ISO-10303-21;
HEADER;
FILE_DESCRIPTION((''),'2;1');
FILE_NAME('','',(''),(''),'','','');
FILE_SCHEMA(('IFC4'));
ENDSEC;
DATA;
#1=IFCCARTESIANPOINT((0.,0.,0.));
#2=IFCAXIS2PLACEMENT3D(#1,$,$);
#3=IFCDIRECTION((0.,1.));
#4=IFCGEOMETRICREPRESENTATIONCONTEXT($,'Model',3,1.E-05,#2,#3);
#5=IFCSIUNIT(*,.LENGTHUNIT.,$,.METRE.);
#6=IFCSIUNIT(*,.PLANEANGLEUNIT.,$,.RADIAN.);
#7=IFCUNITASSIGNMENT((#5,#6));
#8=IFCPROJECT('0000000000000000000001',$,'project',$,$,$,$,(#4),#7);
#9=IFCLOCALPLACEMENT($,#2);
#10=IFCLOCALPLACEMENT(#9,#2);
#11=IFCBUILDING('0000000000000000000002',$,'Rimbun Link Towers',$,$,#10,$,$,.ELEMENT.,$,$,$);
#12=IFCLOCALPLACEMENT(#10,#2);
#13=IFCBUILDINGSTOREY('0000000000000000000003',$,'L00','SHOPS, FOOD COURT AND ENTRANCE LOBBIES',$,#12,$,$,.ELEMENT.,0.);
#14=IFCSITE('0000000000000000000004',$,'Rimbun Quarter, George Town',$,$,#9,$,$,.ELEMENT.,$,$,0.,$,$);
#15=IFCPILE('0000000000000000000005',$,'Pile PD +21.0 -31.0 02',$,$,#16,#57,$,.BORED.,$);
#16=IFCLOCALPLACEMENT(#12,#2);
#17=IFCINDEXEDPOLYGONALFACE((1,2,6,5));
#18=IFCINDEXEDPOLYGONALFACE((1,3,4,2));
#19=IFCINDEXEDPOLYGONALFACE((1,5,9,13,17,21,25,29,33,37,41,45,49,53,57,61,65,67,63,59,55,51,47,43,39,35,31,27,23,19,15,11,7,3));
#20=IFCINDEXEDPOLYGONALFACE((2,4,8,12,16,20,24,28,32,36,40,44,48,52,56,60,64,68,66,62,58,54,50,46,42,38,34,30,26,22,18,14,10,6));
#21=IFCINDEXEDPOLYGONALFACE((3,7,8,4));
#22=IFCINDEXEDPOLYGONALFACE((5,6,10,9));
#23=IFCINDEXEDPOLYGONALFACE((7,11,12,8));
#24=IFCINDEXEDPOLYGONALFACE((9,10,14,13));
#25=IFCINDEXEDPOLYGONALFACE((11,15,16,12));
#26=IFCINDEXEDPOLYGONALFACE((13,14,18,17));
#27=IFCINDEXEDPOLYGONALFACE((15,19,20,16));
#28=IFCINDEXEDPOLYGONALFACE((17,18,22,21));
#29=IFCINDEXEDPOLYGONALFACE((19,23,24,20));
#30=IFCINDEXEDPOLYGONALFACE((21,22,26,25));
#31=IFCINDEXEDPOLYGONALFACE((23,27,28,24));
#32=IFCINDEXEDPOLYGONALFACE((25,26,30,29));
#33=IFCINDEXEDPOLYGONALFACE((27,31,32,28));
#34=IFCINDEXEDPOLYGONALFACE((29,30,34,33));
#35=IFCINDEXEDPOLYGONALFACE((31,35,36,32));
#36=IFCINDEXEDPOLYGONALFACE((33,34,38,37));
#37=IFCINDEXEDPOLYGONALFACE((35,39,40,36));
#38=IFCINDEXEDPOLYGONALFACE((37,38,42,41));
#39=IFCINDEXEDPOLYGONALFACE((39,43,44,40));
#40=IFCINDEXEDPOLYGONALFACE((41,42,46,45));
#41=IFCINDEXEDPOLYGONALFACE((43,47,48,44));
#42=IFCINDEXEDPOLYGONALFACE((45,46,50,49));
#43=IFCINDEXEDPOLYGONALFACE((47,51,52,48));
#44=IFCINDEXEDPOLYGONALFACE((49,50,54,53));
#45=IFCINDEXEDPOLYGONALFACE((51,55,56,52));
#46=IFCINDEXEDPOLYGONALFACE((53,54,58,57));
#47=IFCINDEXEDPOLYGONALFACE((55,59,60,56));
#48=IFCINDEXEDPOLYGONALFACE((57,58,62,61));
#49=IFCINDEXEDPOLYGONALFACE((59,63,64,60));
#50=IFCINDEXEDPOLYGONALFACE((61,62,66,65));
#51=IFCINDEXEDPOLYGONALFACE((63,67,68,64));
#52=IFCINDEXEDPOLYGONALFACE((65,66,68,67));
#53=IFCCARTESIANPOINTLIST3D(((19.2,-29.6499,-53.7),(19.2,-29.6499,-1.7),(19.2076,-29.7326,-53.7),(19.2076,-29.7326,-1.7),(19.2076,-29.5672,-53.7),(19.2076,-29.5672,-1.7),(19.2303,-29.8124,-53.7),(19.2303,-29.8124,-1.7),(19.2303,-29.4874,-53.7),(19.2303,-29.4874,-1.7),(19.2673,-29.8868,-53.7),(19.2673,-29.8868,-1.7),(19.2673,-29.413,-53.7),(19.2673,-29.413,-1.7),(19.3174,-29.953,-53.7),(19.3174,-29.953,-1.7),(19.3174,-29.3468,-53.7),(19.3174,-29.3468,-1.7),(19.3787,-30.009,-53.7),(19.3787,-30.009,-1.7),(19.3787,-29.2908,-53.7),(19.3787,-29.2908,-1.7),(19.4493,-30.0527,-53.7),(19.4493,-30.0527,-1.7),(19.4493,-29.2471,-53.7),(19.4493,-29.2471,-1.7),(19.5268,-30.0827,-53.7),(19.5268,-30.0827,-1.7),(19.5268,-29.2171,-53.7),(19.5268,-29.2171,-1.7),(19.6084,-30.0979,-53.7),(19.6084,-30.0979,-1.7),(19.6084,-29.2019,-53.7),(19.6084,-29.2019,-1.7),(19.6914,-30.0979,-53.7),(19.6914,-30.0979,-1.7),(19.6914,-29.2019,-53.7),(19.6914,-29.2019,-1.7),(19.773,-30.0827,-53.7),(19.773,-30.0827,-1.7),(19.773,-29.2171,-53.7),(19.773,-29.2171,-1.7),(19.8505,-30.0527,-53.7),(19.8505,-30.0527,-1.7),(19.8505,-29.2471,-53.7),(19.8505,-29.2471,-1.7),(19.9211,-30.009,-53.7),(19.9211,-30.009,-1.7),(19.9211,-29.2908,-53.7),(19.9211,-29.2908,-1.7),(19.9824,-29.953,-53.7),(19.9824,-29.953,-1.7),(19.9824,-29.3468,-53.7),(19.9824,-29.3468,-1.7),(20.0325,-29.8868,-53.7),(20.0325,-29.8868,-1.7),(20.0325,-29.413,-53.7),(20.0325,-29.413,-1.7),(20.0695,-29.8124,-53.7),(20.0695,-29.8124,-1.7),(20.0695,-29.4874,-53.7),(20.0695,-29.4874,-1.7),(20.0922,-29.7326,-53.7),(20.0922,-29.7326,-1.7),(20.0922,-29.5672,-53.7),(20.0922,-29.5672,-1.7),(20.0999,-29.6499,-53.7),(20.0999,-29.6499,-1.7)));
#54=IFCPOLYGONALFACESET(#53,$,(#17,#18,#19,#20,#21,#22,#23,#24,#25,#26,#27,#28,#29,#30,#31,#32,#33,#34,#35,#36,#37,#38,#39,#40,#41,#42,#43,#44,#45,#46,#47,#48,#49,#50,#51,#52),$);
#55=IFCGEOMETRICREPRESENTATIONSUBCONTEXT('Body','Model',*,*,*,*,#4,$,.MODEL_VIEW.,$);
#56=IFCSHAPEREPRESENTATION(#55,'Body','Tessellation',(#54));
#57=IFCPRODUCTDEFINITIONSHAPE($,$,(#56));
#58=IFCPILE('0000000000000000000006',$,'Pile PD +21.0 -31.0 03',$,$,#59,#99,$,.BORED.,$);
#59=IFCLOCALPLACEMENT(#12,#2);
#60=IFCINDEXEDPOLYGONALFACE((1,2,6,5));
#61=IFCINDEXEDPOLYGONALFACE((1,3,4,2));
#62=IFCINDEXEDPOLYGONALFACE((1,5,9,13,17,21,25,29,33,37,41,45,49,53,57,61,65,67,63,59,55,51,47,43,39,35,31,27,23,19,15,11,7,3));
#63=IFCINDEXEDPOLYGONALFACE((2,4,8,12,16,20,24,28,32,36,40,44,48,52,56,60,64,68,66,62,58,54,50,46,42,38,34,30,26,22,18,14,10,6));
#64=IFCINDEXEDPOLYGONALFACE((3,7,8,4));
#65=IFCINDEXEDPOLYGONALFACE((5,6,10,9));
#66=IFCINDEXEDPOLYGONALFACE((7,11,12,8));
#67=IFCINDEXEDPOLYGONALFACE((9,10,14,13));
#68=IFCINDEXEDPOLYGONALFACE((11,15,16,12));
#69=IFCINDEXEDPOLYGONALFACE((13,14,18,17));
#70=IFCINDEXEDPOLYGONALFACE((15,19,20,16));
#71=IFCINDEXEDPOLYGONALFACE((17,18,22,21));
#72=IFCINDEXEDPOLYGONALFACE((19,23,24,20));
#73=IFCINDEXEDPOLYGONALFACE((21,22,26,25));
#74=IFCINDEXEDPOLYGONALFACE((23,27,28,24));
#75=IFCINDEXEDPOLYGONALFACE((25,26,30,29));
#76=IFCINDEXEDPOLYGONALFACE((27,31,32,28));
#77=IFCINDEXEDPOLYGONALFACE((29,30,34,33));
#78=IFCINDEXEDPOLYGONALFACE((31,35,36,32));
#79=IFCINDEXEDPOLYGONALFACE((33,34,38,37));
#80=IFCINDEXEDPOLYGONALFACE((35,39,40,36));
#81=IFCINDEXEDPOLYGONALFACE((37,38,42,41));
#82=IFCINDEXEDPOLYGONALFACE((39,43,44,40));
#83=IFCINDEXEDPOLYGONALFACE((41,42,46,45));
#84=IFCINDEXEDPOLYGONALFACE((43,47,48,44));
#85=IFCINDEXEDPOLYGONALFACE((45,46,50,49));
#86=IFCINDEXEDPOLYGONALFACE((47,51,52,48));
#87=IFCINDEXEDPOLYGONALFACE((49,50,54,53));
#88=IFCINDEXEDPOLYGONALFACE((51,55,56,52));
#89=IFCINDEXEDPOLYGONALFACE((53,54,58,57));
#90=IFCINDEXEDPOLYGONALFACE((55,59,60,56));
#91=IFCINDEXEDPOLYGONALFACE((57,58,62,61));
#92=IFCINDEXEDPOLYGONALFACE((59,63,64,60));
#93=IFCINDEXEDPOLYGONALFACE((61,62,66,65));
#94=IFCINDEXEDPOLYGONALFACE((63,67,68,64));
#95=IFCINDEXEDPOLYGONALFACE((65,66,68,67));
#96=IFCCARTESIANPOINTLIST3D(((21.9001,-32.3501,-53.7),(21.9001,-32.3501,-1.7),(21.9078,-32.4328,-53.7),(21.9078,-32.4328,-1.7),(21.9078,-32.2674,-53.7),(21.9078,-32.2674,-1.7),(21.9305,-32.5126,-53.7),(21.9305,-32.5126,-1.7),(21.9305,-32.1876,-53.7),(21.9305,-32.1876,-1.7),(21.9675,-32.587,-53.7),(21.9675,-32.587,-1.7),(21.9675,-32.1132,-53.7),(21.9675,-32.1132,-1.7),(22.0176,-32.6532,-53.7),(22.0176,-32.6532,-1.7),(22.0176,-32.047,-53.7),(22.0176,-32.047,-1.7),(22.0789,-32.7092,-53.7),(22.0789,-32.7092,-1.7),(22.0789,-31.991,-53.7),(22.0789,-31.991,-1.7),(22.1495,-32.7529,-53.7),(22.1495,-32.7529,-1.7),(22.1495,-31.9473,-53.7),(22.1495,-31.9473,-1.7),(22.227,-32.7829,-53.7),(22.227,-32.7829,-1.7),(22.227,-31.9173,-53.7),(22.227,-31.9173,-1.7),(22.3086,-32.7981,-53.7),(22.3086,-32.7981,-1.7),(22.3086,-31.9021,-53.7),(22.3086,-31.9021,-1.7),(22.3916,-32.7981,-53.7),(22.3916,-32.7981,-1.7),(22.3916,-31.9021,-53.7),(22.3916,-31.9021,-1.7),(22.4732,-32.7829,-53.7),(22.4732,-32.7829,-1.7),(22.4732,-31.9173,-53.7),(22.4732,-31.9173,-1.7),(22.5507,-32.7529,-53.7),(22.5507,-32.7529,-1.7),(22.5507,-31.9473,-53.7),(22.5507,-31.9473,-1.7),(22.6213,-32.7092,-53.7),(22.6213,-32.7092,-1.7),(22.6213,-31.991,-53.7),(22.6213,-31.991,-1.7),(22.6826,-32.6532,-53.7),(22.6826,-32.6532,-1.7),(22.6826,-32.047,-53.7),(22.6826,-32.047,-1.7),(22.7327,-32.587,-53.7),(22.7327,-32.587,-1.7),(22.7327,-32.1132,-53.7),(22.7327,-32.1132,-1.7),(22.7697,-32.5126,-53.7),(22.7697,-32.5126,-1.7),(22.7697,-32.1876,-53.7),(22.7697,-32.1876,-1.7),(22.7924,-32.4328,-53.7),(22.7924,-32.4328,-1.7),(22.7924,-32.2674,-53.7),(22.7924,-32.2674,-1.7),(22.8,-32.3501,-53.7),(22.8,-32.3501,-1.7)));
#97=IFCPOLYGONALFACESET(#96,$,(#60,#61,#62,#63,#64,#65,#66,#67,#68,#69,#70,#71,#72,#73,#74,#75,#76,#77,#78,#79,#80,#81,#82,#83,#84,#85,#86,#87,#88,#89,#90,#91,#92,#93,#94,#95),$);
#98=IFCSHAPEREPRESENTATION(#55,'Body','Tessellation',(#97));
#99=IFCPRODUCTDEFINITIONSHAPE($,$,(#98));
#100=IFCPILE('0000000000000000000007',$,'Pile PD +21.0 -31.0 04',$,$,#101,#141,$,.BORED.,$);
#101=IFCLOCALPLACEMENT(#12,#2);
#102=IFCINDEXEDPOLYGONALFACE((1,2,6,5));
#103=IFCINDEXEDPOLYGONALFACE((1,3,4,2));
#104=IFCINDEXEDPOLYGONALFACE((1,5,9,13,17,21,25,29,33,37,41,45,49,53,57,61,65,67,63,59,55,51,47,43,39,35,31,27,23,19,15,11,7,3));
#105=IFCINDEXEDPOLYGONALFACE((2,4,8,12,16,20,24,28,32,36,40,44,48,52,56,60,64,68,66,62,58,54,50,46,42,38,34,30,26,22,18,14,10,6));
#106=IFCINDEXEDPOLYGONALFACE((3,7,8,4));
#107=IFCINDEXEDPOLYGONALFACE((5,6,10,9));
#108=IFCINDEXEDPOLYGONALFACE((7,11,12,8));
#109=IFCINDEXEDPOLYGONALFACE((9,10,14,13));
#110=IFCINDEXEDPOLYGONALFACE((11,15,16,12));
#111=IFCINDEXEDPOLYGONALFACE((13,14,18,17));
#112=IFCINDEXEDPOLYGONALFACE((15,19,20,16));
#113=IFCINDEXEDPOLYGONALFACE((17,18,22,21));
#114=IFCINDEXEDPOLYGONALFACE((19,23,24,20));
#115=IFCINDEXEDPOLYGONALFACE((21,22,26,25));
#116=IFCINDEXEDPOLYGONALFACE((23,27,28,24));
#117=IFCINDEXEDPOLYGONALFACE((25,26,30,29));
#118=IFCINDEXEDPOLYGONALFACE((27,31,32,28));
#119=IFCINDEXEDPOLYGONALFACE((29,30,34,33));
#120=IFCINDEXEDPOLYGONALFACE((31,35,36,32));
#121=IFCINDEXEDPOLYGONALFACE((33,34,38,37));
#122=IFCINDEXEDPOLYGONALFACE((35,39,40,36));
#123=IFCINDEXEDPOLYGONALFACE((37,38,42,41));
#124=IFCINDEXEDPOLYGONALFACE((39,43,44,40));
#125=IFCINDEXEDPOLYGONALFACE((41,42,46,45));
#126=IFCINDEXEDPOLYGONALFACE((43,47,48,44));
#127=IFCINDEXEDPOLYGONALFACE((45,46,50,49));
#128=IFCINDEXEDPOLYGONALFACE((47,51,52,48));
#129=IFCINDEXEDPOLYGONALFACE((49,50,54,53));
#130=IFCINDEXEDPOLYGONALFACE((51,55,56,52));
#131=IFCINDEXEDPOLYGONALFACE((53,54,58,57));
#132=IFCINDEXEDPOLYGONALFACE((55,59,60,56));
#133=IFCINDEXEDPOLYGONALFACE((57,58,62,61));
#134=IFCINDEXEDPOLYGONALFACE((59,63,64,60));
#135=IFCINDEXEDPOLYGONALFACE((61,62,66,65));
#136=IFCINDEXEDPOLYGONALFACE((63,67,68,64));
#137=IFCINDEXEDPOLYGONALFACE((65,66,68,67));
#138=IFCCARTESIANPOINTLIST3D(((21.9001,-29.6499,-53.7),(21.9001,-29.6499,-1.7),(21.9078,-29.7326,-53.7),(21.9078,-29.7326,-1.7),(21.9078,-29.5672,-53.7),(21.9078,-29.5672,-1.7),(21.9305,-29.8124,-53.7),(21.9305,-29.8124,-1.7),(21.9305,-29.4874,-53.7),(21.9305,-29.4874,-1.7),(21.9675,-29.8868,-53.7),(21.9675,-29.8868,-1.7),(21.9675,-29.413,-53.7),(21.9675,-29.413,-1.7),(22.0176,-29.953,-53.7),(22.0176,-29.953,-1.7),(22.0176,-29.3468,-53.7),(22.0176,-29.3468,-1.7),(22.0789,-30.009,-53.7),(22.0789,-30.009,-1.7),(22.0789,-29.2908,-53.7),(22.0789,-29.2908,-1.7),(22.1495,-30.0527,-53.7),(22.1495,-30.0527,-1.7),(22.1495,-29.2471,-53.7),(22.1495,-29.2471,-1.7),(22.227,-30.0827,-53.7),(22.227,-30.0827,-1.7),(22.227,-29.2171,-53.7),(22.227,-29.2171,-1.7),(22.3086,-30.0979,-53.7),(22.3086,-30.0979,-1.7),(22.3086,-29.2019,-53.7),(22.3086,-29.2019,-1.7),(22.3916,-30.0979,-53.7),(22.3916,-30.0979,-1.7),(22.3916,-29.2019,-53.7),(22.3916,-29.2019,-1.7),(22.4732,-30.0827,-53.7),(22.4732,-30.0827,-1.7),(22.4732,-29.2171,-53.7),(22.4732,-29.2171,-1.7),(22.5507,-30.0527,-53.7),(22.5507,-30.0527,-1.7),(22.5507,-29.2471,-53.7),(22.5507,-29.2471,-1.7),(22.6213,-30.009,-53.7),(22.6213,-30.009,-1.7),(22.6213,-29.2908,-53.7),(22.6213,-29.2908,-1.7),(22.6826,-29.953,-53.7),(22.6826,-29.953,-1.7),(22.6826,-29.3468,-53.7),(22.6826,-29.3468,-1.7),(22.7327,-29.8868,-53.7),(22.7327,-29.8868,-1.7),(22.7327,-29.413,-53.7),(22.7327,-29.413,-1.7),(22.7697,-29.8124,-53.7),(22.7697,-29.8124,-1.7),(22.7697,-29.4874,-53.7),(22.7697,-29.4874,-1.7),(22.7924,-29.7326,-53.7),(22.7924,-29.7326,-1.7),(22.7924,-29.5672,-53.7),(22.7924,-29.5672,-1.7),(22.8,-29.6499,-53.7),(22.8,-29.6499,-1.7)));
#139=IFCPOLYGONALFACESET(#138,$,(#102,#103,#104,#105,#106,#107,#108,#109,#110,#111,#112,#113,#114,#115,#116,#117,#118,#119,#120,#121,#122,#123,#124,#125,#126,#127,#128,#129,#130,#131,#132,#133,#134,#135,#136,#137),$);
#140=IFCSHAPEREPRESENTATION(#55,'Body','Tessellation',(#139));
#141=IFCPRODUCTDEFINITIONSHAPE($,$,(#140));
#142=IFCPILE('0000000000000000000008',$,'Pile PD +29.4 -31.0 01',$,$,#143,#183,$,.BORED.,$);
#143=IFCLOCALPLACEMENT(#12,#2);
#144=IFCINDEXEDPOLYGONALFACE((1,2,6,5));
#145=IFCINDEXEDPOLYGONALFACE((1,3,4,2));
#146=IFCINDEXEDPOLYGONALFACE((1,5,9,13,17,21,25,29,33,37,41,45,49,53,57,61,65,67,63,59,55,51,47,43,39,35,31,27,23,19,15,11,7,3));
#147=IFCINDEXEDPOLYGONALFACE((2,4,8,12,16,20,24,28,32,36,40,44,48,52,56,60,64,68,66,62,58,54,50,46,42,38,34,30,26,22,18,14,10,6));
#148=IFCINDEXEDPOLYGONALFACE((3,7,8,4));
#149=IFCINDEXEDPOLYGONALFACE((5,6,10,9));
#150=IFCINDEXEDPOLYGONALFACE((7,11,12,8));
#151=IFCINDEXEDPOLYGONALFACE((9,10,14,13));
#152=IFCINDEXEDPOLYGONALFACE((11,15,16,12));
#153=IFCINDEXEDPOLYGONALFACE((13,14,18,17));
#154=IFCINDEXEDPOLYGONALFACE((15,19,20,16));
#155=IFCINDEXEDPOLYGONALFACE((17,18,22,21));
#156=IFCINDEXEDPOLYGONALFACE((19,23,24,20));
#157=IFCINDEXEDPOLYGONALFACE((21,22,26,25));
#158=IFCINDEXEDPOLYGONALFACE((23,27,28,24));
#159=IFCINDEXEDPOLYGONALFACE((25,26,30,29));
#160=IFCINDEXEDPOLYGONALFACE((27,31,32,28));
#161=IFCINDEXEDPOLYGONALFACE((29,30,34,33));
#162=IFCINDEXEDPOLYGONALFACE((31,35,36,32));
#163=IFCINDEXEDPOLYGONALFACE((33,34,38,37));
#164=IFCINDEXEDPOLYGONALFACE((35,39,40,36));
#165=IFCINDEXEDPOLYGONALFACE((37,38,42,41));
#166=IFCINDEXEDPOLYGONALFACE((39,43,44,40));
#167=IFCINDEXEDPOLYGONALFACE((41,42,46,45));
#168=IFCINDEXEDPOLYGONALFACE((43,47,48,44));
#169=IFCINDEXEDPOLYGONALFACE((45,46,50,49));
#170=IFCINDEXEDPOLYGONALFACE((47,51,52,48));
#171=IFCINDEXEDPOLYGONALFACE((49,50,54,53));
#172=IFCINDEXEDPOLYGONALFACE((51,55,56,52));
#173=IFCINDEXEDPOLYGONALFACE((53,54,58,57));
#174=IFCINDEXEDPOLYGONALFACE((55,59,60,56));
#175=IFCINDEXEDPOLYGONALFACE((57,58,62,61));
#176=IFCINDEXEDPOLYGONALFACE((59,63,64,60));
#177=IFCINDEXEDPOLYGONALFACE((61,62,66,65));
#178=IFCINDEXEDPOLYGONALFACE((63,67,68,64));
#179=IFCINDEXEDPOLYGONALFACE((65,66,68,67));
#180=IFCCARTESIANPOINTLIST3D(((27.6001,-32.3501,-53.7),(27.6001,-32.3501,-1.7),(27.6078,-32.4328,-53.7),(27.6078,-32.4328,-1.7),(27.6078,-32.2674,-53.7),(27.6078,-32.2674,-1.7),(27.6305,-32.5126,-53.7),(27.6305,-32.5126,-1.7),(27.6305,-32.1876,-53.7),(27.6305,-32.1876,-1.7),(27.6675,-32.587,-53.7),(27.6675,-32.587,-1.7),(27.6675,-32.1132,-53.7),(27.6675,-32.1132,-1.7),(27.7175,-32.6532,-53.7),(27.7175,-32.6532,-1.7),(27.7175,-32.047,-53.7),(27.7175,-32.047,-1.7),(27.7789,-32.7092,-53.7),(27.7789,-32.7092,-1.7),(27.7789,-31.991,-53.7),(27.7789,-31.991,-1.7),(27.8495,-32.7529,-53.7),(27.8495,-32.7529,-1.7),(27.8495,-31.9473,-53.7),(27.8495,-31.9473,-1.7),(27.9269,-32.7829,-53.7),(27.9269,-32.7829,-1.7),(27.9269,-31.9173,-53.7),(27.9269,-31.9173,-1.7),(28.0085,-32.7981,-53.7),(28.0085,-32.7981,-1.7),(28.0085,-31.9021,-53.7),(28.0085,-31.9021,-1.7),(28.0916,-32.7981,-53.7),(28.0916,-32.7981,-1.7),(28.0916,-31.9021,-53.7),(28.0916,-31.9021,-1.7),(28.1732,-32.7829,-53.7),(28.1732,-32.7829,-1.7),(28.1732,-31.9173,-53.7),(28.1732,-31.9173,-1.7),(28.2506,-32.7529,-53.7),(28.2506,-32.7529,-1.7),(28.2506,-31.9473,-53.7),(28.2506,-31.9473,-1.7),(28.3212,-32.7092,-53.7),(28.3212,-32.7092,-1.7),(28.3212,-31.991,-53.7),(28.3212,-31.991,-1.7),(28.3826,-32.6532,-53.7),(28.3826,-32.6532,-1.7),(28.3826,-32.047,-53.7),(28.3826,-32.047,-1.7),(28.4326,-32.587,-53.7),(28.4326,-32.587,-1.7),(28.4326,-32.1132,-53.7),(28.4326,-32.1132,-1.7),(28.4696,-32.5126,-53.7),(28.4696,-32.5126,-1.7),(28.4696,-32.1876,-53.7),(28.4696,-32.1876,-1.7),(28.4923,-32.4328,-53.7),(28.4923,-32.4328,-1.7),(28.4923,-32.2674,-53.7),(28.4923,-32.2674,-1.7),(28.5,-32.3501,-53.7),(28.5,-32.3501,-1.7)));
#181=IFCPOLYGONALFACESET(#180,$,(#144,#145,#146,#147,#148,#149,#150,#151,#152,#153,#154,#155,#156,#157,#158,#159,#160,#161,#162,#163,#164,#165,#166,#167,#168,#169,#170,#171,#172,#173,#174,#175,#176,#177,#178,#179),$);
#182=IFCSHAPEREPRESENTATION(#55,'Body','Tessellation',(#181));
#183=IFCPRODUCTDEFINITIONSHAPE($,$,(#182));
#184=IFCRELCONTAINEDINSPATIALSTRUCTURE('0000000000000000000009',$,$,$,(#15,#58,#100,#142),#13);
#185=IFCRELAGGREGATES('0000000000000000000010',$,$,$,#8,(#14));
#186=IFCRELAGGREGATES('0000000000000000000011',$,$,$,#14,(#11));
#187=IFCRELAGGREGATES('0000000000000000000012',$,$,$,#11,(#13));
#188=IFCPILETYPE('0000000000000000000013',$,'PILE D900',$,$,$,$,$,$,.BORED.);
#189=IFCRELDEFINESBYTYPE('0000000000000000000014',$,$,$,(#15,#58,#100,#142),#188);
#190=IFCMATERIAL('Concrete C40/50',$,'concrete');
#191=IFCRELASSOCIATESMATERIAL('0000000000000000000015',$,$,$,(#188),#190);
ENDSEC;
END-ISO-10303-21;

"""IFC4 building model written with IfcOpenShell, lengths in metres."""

from ifc_helpers import new_model, si_unit, direction, frame, origin, origin_2d, place, context, subcontext, project, spatial, circle, extrude, material, material_profile, profile_set, type_object, element, save


model = new_model("IFC4")

# Units and contexts
model_context = context("Model", 3, precision=1e-05, world=origin(), true_north=direction((0.0, 1.0)))
body_context = subcontext(model_context, "Body", "Model", "MODEL_VIEW")
ifc_project = project(units=[si_unit("LENGTHUNIT", "METRE"), si_unit("PLANEANGLEUNIT", "RADIAN")], contexts=[model_context])

# Site, building, storey
site_placement = place(None, origin())
site = spatial("IfcSite", under=ifc_project, at=site_placement, Name="Rimbun Quarter, George Town", CompositionType="ELEMENT", RefElevation=0.0)
building_placement = place(site_placement, origin())
building = spatial("IfcBuilding", under=site, at=building_placement, Name="Rimbun Link Towers", CompositionType="ELEMENT")
storey_placement = place(building_placement, origin())
storey = spatial("IfcBuildingStorey", under=building, at=storey_placement, Name="L00", Description="SHOPS, FOOD COURT AND ENTRANCE LOBBIES", CompositionType="ELEMENT", Elevation=0.0)

# Piles
ifc_material_1 = material(Name="Concrete C40/50", Category="concrete")
ifc_material_profile_1 = material_profile(ifc_material_1, circle(Radius=0.45, at=origin_2d()), Name="PILE D900")
ifc_profile_set_1 = profile_set([ifc_material_profile_1], Name="Concrete C40/50")
pile_type_1 = type_object("IfcPileType", Name="PILE D900", PredefinedType="BORED", material=ifc_profile_set_1)
for number, where, z_axis, x_axis, name in (
    (1, (19.6499, -29.6499, -1.7), (0.0, 0.0, -1.0), (1.0, 0.0, 0.0), "Pile PD +21.0 -31.0 02"),
    (2, (22.3501, -32.3501, -1.7), (0.0, 0.0, -1.0), (1.0, 0.0, 0.0), "Pile PD +21.0 -31.0 03"),
    (3, (22.3501, -29.6499, -1.7), (0.0, 0.0, -1.0), (1.0, 0.0, 0.0), "Pile PD +21.0 -31.0 04"),
    (4, (28.05, -32.3501, -1.7), (0.0, 0.0, -1.0), (1.0, 0.0, 0.0), "Pile PD +29.4 -31.0 01"),
):
    element("IfcPile", number, at=place(storey_placement, frame(where, z_axis=z_axis, x_axis=x_axis)), inside=storey, type_object=pile_type_1, Name=name, PredefinedType="BORED", context=body_context, shape_type="SweptSolid", body=[
        extrude(circle(Radius=0.45, at=origin_2d()), origin(), (0.0, 0.0, 1.0), 52.0),
    ])

save(model, "model.ifc")
